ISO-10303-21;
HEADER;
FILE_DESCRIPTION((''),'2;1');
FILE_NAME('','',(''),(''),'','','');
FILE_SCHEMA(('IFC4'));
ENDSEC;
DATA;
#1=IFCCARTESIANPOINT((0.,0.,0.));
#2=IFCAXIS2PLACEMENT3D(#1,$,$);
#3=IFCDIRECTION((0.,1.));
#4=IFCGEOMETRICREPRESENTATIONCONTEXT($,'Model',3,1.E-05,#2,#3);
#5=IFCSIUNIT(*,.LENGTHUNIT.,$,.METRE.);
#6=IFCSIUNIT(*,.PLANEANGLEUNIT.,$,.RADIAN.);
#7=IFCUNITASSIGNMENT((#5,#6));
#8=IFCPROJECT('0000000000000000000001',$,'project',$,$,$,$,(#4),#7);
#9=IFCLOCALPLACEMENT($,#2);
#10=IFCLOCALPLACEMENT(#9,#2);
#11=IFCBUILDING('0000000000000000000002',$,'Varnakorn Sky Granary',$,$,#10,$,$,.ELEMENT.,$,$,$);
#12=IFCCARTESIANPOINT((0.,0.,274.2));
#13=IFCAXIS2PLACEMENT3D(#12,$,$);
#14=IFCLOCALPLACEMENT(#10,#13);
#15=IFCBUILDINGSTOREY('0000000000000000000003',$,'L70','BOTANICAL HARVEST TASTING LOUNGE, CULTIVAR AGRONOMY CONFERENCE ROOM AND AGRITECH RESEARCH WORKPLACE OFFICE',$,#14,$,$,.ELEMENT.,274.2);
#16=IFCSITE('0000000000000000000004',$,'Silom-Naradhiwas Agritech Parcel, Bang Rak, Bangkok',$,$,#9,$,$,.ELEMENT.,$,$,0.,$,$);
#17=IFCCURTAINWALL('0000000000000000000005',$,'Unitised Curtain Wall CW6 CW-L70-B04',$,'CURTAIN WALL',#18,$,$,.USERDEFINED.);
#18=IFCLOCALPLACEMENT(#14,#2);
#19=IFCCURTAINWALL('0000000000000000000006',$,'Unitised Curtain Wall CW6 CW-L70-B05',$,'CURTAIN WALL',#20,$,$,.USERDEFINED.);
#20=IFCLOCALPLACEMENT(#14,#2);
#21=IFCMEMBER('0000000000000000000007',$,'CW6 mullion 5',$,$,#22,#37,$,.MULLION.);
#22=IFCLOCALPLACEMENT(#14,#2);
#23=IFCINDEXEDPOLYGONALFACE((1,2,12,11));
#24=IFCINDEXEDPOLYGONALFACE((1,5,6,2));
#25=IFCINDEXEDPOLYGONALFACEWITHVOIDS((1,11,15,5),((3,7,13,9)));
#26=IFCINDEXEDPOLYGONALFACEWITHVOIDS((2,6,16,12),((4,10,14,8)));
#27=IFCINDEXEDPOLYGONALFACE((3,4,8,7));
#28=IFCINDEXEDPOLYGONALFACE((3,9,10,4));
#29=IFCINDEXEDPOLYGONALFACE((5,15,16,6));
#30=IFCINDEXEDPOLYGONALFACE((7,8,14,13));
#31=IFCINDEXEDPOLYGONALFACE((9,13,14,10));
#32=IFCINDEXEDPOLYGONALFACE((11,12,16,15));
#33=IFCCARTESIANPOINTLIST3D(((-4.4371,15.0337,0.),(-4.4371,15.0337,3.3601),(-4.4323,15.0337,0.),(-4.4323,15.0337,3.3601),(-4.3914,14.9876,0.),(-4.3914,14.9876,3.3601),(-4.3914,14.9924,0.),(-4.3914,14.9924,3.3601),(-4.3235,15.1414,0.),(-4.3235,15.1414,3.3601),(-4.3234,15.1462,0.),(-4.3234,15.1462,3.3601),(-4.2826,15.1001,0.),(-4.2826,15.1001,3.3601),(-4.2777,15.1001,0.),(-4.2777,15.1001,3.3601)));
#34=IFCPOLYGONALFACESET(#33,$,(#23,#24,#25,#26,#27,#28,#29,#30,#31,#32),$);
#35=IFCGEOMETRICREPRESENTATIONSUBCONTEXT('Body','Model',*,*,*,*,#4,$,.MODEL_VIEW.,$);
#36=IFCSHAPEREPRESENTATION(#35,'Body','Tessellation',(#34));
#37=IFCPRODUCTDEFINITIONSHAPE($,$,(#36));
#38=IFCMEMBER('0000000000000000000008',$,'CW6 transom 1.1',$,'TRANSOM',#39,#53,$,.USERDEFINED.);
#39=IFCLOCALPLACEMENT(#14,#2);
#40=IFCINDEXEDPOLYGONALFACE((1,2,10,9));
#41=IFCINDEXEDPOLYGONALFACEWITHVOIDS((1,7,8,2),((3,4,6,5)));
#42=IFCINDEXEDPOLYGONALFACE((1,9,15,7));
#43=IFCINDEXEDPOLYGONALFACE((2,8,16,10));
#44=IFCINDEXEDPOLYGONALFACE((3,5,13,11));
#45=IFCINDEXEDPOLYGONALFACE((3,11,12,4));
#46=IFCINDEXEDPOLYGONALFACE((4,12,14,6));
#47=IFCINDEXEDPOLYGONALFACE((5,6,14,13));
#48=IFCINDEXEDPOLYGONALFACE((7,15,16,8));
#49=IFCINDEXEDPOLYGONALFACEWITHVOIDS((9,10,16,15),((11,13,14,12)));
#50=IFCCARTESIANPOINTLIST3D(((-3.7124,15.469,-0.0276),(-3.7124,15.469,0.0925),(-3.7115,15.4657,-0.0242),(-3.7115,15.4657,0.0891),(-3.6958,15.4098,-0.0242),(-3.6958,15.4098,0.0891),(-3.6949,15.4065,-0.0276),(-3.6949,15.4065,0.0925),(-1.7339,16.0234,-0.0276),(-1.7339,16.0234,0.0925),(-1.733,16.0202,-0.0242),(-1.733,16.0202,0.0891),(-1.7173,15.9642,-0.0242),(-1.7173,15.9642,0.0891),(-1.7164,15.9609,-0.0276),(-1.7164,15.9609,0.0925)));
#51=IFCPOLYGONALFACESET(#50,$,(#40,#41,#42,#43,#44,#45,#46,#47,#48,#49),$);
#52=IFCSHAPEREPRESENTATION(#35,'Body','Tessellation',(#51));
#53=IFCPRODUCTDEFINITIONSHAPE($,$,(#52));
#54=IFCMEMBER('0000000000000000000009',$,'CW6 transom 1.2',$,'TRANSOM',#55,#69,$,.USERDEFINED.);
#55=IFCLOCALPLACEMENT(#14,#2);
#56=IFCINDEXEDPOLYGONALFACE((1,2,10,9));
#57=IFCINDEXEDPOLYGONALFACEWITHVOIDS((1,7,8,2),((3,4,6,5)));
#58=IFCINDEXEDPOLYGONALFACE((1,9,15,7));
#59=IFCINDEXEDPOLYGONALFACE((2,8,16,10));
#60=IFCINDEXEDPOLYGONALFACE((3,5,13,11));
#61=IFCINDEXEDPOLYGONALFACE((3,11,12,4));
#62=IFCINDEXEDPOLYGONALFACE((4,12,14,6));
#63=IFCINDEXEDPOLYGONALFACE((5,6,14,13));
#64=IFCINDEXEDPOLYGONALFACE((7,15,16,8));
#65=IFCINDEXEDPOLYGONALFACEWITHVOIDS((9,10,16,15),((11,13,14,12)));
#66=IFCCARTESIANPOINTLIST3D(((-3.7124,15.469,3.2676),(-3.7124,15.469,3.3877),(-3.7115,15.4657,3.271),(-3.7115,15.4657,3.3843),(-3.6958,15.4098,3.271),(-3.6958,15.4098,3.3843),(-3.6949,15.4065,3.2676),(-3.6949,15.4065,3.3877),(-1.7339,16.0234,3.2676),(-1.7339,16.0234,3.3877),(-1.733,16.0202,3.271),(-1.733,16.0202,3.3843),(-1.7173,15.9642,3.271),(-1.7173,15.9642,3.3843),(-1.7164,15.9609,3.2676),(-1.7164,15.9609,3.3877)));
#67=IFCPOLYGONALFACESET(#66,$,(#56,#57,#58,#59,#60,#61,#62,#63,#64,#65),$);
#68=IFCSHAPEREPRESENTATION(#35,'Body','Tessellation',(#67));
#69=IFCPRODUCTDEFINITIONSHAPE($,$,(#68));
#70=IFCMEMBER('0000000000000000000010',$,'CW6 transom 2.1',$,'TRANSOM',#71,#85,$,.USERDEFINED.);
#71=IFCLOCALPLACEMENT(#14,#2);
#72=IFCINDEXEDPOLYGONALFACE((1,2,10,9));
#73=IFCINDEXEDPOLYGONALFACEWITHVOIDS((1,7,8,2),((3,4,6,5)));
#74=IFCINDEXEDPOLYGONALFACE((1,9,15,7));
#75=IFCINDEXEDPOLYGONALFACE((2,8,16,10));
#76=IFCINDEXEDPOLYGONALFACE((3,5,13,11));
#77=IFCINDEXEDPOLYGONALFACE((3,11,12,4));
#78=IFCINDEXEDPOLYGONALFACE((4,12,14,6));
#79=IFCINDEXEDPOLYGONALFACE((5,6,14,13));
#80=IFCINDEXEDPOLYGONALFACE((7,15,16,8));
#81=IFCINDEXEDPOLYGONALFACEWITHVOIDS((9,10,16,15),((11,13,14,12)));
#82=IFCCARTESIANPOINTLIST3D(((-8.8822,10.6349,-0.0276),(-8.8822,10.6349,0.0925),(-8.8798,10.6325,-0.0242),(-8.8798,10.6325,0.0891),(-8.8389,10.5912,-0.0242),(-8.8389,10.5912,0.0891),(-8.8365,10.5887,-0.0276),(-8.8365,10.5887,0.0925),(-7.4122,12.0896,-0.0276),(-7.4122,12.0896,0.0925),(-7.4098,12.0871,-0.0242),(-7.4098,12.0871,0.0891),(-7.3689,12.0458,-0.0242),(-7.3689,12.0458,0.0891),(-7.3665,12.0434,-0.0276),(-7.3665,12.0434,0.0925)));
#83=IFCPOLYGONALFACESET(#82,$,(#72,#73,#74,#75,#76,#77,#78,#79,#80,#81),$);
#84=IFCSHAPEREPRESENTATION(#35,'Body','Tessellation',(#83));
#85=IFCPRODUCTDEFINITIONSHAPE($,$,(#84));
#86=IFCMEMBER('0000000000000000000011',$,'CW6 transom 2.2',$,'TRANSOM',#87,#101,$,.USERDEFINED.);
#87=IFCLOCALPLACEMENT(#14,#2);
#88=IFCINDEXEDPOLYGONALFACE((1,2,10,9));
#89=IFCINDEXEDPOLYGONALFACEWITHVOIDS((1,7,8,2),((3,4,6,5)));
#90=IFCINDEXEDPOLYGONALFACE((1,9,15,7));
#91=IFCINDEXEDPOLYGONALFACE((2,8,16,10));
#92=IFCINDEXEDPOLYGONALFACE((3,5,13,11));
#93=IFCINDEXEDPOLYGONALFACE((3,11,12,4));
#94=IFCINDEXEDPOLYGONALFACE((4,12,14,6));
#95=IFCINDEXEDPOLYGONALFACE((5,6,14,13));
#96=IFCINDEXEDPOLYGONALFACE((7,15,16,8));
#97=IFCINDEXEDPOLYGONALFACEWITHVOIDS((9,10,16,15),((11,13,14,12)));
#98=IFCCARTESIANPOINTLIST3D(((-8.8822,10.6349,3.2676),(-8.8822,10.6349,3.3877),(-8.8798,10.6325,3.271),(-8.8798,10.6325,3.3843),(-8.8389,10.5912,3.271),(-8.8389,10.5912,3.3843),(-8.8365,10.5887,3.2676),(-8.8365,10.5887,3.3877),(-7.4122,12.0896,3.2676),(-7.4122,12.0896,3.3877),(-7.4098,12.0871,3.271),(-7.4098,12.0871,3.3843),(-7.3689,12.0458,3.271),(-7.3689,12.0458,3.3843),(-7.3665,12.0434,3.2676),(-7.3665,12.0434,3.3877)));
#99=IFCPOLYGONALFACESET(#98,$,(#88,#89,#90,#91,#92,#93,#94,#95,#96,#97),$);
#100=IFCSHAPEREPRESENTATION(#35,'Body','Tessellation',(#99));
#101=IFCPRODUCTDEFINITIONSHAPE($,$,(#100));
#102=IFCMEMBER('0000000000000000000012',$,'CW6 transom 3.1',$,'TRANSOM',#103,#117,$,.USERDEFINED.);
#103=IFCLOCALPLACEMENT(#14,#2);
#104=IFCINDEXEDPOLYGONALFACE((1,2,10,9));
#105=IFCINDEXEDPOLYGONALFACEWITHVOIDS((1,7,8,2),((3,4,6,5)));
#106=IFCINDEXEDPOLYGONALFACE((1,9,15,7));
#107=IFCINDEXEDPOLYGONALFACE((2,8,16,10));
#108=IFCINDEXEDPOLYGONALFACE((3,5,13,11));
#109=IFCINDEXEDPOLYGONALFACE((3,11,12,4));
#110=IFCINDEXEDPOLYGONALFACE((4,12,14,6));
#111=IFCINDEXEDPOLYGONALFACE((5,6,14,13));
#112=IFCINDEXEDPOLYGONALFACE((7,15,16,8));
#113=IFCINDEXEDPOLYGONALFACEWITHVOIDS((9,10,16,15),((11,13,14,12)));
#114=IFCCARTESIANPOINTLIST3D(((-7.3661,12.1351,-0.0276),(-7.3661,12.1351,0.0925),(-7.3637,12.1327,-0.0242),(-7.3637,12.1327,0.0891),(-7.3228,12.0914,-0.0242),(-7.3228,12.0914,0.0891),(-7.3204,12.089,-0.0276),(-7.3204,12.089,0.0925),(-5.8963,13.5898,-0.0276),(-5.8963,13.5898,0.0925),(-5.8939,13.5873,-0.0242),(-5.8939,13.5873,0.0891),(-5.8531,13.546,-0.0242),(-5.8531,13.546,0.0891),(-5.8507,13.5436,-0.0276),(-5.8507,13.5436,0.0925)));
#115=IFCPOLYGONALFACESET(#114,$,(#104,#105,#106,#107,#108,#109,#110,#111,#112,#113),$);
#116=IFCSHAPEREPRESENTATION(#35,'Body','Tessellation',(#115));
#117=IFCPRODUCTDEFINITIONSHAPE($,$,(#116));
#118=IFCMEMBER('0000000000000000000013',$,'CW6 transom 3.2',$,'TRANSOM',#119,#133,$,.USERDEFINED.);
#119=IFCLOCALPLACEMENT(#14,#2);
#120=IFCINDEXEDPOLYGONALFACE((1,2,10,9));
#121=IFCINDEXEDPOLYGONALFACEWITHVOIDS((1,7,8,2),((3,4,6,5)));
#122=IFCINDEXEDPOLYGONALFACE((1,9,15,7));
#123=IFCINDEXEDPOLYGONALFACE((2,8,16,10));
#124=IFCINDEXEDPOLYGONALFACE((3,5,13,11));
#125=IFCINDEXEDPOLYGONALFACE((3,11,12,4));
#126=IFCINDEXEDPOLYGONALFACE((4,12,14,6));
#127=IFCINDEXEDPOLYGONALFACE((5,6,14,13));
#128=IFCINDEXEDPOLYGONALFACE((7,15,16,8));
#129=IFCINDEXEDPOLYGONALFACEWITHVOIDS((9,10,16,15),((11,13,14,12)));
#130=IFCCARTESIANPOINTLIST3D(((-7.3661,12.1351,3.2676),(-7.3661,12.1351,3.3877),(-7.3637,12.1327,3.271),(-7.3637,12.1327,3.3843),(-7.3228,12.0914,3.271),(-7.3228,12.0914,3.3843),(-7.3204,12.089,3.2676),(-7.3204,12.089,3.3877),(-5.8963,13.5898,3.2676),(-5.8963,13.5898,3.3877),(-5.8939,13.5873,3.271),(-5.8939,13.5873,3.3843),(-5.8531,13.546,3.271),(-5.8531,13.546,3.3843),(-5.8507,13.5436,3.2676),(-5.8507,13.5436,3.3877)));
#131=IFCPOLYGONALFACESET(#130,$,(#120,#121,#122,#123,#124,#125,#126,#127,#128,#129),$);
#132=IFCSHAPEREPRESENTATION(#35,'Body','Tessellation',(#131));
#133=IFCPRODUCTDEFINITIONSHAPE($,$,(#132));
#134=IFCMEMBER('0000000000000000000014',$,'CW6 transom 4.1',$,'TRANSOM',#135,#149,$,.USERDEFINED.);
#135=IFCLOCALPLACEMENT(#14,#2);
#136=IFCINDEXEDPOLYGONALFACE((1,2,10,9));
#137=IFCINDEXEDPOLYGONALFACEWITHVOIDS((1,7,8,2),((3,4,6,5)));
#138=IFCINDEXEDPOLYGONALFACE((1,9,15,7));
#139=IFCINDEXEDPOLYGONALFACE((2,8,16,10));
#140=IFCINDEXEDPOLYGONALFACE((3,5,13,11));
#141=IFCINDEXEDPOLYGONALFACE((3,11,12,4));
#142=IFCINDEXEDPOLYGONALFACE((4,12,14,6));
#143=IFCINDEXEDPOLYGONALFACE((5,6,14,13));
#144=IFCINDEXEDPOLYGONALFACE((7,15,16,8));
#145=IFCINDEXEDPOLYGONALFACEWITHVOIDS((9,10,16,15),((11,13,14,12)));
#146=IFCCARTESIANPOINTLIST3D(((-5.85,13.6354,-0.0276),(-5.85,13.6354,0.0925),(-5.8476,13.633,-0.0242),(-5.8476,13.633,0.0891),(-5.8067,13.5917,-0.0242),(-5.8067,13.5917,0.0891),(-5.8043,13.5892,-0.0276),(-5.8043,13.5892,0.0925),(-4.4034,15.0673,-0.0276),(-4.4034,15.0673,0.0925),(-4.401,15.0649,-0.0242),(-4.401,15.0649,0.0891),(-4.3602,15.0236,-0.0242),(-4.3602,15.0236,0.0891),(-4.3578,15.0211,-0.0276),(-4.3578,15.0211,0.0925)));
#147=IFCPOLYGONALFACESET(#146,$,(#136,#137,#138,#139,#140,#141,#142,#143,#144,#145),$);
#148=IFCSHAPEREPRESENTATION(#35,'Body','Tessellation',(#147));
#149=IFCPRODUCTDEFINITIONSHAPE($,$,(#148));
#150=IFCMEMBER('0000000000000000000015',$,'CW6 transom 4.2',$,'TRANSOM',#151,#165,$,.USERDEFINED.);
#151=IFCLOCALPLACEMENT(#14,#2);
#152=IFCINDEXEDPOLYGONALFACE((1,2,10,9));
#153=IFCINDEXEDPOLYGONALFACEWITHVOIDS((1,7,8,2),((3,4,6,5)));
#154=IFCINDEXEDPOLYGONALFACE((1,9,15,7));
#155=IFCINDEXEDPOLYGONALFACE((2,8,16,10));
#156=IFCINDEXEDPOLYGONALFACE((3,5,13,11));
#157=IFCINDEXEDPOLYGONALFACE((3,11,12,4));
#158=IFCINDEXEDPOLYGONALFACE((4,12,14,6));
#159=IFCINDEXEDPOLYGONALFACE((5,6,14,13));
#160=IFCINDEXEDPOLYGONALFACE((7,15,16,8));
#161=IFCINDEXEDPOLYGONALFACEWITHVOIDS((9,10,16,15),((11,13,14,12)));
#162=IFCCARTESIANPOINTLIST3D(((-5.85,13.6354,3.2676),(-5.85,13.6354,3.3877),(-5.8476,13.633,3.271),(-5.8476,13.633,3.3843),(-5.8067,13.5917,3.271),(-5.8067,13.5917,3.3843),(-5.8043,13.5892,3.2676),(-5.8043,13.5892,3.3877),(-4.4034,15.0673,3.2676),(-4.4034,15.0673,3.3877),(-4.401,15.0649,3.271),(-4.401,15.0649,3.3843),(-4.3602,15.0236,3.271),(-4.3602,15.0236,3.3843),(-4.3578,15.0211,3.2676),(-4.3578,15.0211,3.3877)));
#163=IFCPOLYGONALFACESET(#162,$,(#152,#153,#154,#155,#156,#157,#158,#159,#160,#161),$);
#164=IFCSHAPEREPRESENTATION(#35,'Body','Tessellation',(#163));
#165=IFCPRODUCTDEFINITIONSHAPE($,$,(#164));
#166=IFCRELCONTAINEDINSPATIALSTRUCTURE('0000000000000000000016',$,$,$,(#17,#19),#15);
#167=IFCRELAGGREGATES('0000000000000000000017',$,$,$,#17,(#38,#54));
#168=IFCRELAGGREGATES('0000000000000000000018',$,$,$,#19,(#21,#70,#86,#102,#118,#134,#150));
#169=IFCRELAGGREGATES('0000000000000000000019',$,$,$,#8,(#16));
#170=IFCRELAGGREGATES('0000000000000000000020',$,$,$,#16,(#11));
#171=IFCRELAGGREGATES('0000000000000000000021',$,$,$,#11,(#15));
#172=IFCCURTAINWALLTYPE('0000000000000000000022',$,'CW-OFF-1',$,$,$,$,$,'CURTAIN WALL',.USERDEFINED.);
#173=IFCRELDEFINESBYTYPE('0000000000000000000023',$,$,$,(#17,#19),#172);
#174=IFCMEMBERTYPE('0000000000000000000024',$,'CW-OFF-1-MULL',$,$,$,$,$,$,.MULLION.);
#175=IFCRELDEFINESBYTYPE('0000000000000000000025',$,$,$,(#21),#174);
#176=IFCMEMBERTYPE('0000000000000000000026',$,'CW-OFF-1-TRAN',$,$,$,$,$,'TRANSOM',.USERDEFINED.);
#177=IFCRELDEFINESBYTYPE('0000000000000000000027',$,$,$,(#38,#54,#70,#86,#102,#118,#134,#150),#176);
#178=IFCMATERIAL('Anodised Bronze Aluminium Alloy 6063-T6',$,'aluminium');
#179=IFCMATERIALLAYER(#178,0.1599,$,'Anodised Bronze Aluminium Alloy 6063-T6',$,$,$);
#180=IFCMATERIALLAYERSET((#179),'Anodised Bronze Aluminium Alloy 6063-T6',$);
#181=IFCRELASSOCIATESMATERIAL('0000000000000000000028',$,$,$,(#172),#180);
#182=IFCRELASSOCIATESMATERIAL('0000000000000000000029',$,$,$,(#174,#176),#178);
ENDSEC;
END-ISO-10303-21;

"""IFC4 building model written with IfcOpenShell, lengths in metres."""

from ifc_helpers import new_model, si_unit, direction, frame, origin, origin_2d, place, context, subcontext, project, spatial, hollow_rectangle, extrude, material, layer, layer_set, material_profile, profile_set, type_object, element, aggregate, save


model = new_model("IFC4")

# Units and contexts
model_context = context("Model", 3, precision=1e-05, world=origin(), true_north=direction((0.0, 1.0)))
body_context = subcontext(model_context, "Body", "Model", "MODEL_VIEW")
ifc_project = project(units=[si_unit("LENGTHUNIT", "METRE"), si_unit("PLANEANGLEUNIT", "RADIAN")], contexts=[model_context])

# Site, building, storey
site_placement = place(None, origin())
site = spatial("IfcSite", under=ifc_project, at=site_placement, Name="Silom-Naradhiwas Agritech Parcel, Bang Rak, Bangkok", CompositionType="ELEMENT", RefElevation=0.0)
building_placement = place(site_placement, origin())
building = spatial("IfcBuilding", under=site, at=building_placement, Name="Varnakorn Sky Granary", CompositionType="ELEMENT")
storey_placement = place(building_placement, frame((0.0, 0.0, 274.2)))
storey = spatial("IfcBuildingStorey", under=building, at=storey_placement, Name="L70", Description="BOTANICAL HARVEST TASTING LOUNGE, CULTIVAR AGRONOMY CONFERENCE ROOM AND AGRITECH RESEARCH WORKPLACE OFFICE", CompositionType="ELEMENT", Elevation=274.2)

# Curtain wall
ifc_material_1 = material(Name="Anodised Bronze Aluminium Alloy 6063-T6", Category="aluminium")
ifc_layer_1 = layer(ifc_material_1, 0.1599, Name="Anodised Bronze Aluminium Alloy 6063-T6")
ifc_layer_set_1 = layer_set([ifc_layer_1], Name="Anodised Bronze Aluminium Alloy 6063-T6")
curtain_wall_type = type_object("IfcCurtainWallType", Name="CW-OFF-1", ElementType="CURTAIN WALL", PredefinedType="USERDEFINED", material=ifc_layer_set_1)
curtain_wall_1_placement = place(storey_placement, origin())
curtain_wall_1 = element("IfcCurtainWall", 1, at=curtain_wall_1_placement, inside=storey, type_object=curtain_wall_type, Name="Unitised Curtain Wall CW6 CW-L70-B04", ObjectType="CURTAIN WALL", PredefinedType="USERDEFINED")
ifc_material_profile_1 = material_profile(ifc_material_1, hollow_rectangle(XDim=0.0649, YDim=0.1599, WallThickness=0.0034, at=origin_2d()), Name="ALU MULL 65x160")
ifc_profile_set_1 = profile_set([ifc_material_profile_1], Name="Anodised Bronze Aluminium Alloy 6063-T6")
member_type_1 = type_object("IfcMemberType", Name="CW-OFF-1-MULL", PredefinedType="MULLION", material=ifc_profile_set_1)

# Curtain wall, member
curtain_wall_2_placement = place(storey_placement, origin())
curtain_wall_2 = element("IfcCurtainWall", 2, at=curtain_wall_2_placement, inside=storey, type_object=curtain_wall_type, Name="Unitised Curtain Wall CW6 CW-L70-B05", ObjectType="CURTAIN WALL", PredefinedType="USERDEFINED")
member_1_placement = place(storey_placement, frame((-4.3574, 15.0669, 0.0), z_axis=(0.0, 0.0, 1.0), x_axis=(-0.703399, 0.710795, 0.0)))
member_1 = element("IfcMember", 3, at=member_1_placement, type_object=member_type_1, Name="CW6 mullion 5", PredefinedType="MULLION", context=body_context, shape_type="SweptSolid", body=[
    extrude(hollow_rectangle(XDim=0.0649, YDim=0.1599, WallThickness=0.0034, at=origin_2d()), origin(), (0.0, 0.0, 1.0), 3.3601),
])

# Members
ifc_material_profile_2 = material_profile(ifc_material_1, hollow_rectangle(XDim=0.0649, YDim=0.1201, WallThickness=0.0034, at=origin_2d()), Name="ALU TRAN 65x120")
ifc_profile_set_2 = profile_set([ifc_material_profile_2], Name="Anodised Bronze Aluminium Alloy 6063-T6")
member_type_2 = type_object("IfcMemberType", Name="CW-OFF-1-TRAN", ElementType="TRANSOM", PredefinedType="USERDEFINED", material=ifc_profile_set_2)
member_2_placement = place(storey_placement, frame((-3.7036, 15.4377, 0.0325), z_axis=(0.962906, 0.269837, 0.0), x_axis=(-0.269837, 0.962906, 0.0)))
member_2 = element("IfcMember", 4, at=member_2_placement, type_object=member_type_2, Name="CW6 transom 1.1", ObjectType="TRANSOM", PredefinedType="USERDEFINED", context=body_context, shape_type="SweptSolid", body=[
    extrude(hollow_rectangle(XDim=0.0649, YDim=0.1201, WallThickness=0.0034, at=origin_2d()), origin(), (0.0, 0.0, 1.0), 2.0547),
])
member_3_placement = place(storey_placement, frame((-3.7036, 15.4377, 3.3276), z_axis=(0.962906, 0.269837, 0.0), x_axis=(-0.269837, 0.962906, 0.0)))
member_3 = element("IfcMember", 5, at=member_3_placement, type_object=member_type_2, Name="CW6 transom 1.2", ObjectType="TRANSOM", PredefinedType="USERDEFINED", context=body_context, shape_type="SweptSolid", body=[
    extrude(hollow_rectangle(XDim=0.0649, YDim=0.1201, WallThickness=0.0034, at=origin_2d()), origin(), (0.0, 0.0, 1.0), 2.0547),
])
aggregate(curtain_wall_1, [member_2, member_3])
member_4_placement = place(storey_placement, frame((-8.8594, 10.6118, 0.0325), z_axis=(0.710816, 0.703378, 0.0), x_axis=(-0.703378, 0.710816, 0.0)))
member_4 = element("IfcMember", 6, at=member_4_placement, type_object=member_type_2, Name="CW6 transom 2.1", ObjectType="TRANSOM", PredefinedType="USERDEFINED", context=body_context, shape_type="SweptSolid", body=[
    extrude(hollow_rectangle(XDim=0.0649, YDim=0.1201, WallThickness=0.0034, at=origin_2d()), origin(), (0.0, 0.0, 1.0), 2.0681),
])
member_5_placement = place(storey_placement, frame((-8.8594, 10.6118, 3.3276), z_axis=(0.710816, 0.703378, 0.0), x_axis=(-0.703378, 0.710816, 0.0)))
member_5 = element("IfcMember", 7, at=member_5_placement, type_object=member_type_2, Name="CW6 transom 2.2", ObjectType="TRANSOM", PredefinedType="USERDEFINED", context=body_context, shape_type="SweptSolid", body=[
    extrude(hollow_rectangle(XDim=0.0649, YDim=0.1201, WallThickness=0.0034, at=origin_2d()), origin(), (0.0, 0.0, 1.0), 2.0681),
])
member_6_placement = place(storey_placement, frame((-7.3433, 12.1121, 0.0325), z_axis=(0.710757, 0.703437, 0.0), x_axis=(-0.703437, 0.710757, 0.0)))
member_6 = element("IfcMember", 8, at=member_6_placement, type_object=member_type_2, Name="CW6 transom 3.1", ObjectType="TRANSOM", PredefinedType="USERDEFINED", context=body_context, shape_type="SweptSolid", body=[
    extrude(hollow_rectangle(XDim=0.0649, YDim=0.1201, WallThickness=0.0034, at=origin_2d()), origin(), (0.0, 0.0, 1.0), 2.0679),
])
member_7_placement = place(storey_placement, frame((-7.3433, 12.1121, 3.3276), z_axis=(0.710757, 0.703437, 0.0), x_axis=(-0.703437, 0.710757, 0.0)))
member_7 = element("IfcMember", 9, at=member_7_placement, type_object=member_type_2, Name="CW6 transom 3.2", ObjectType="TRANSOM", PredefinedType="USERDEFINED", context=body_context, shape_type="SweptSolid", body=[
    extrude(hollow_rectangle(XDim=0.0649, YDim=0.1201, WallThickness=0.0034, at=origin_2d()), origin(), (0.0, 0.0, 1.0), 2.0679),
])
member_8_placement = place(storey_placement, frame((-5.8271, 13.6123, 0.0325), z_axis=(0.710696, 0.703499, 0.0), x_axis=(-0.703499, 0.710696, 0.0)))
member_8 = element("IfcMember", 10, at=member_8_placement, type_object=member_type_2, Name="CW6 transom 4.1", ObjectType="TRANSOM", PredefinedType="USERDEFINED", context=body_context, shape_type="SweptSolid", body=[
    extrude(hollow_rectangle(XDim=0.0649, YDim=0.1201, WallThickness=0.0034, at=origin_2d()), origin(), (0.0, 0.0, 1.0), 2.0354),
])
member_9_placement = place(storey_placement, frame((-5.8271, 13.6123, 3.3276), z_axis=(0.710696, 0.703499, 0.0), x_axis=(-0.703499, 0.710696, 0.0)))
member_9 = element("IfcMember", 11, at=member_9_placement, type_object=member_type_2, Name="CW6 transom 4.2", ObjectType="TRANSOM", PredefinedType="USERDEFINED", context=body_context, shape_type="SweptSolid", body=[
    extrude(hollow_rectangle(XDim=0.0649, YDim=0.1201, WallThickness=0.0034, at=origin_2d()), origin(), (0.0, 0.0, 1.0), 2.0354),
])

aggregate(curtain_wall_2, [member_1, member_4, member_5, member_6, member_7, member_8, member_9])

save(model, "model.ifc")
